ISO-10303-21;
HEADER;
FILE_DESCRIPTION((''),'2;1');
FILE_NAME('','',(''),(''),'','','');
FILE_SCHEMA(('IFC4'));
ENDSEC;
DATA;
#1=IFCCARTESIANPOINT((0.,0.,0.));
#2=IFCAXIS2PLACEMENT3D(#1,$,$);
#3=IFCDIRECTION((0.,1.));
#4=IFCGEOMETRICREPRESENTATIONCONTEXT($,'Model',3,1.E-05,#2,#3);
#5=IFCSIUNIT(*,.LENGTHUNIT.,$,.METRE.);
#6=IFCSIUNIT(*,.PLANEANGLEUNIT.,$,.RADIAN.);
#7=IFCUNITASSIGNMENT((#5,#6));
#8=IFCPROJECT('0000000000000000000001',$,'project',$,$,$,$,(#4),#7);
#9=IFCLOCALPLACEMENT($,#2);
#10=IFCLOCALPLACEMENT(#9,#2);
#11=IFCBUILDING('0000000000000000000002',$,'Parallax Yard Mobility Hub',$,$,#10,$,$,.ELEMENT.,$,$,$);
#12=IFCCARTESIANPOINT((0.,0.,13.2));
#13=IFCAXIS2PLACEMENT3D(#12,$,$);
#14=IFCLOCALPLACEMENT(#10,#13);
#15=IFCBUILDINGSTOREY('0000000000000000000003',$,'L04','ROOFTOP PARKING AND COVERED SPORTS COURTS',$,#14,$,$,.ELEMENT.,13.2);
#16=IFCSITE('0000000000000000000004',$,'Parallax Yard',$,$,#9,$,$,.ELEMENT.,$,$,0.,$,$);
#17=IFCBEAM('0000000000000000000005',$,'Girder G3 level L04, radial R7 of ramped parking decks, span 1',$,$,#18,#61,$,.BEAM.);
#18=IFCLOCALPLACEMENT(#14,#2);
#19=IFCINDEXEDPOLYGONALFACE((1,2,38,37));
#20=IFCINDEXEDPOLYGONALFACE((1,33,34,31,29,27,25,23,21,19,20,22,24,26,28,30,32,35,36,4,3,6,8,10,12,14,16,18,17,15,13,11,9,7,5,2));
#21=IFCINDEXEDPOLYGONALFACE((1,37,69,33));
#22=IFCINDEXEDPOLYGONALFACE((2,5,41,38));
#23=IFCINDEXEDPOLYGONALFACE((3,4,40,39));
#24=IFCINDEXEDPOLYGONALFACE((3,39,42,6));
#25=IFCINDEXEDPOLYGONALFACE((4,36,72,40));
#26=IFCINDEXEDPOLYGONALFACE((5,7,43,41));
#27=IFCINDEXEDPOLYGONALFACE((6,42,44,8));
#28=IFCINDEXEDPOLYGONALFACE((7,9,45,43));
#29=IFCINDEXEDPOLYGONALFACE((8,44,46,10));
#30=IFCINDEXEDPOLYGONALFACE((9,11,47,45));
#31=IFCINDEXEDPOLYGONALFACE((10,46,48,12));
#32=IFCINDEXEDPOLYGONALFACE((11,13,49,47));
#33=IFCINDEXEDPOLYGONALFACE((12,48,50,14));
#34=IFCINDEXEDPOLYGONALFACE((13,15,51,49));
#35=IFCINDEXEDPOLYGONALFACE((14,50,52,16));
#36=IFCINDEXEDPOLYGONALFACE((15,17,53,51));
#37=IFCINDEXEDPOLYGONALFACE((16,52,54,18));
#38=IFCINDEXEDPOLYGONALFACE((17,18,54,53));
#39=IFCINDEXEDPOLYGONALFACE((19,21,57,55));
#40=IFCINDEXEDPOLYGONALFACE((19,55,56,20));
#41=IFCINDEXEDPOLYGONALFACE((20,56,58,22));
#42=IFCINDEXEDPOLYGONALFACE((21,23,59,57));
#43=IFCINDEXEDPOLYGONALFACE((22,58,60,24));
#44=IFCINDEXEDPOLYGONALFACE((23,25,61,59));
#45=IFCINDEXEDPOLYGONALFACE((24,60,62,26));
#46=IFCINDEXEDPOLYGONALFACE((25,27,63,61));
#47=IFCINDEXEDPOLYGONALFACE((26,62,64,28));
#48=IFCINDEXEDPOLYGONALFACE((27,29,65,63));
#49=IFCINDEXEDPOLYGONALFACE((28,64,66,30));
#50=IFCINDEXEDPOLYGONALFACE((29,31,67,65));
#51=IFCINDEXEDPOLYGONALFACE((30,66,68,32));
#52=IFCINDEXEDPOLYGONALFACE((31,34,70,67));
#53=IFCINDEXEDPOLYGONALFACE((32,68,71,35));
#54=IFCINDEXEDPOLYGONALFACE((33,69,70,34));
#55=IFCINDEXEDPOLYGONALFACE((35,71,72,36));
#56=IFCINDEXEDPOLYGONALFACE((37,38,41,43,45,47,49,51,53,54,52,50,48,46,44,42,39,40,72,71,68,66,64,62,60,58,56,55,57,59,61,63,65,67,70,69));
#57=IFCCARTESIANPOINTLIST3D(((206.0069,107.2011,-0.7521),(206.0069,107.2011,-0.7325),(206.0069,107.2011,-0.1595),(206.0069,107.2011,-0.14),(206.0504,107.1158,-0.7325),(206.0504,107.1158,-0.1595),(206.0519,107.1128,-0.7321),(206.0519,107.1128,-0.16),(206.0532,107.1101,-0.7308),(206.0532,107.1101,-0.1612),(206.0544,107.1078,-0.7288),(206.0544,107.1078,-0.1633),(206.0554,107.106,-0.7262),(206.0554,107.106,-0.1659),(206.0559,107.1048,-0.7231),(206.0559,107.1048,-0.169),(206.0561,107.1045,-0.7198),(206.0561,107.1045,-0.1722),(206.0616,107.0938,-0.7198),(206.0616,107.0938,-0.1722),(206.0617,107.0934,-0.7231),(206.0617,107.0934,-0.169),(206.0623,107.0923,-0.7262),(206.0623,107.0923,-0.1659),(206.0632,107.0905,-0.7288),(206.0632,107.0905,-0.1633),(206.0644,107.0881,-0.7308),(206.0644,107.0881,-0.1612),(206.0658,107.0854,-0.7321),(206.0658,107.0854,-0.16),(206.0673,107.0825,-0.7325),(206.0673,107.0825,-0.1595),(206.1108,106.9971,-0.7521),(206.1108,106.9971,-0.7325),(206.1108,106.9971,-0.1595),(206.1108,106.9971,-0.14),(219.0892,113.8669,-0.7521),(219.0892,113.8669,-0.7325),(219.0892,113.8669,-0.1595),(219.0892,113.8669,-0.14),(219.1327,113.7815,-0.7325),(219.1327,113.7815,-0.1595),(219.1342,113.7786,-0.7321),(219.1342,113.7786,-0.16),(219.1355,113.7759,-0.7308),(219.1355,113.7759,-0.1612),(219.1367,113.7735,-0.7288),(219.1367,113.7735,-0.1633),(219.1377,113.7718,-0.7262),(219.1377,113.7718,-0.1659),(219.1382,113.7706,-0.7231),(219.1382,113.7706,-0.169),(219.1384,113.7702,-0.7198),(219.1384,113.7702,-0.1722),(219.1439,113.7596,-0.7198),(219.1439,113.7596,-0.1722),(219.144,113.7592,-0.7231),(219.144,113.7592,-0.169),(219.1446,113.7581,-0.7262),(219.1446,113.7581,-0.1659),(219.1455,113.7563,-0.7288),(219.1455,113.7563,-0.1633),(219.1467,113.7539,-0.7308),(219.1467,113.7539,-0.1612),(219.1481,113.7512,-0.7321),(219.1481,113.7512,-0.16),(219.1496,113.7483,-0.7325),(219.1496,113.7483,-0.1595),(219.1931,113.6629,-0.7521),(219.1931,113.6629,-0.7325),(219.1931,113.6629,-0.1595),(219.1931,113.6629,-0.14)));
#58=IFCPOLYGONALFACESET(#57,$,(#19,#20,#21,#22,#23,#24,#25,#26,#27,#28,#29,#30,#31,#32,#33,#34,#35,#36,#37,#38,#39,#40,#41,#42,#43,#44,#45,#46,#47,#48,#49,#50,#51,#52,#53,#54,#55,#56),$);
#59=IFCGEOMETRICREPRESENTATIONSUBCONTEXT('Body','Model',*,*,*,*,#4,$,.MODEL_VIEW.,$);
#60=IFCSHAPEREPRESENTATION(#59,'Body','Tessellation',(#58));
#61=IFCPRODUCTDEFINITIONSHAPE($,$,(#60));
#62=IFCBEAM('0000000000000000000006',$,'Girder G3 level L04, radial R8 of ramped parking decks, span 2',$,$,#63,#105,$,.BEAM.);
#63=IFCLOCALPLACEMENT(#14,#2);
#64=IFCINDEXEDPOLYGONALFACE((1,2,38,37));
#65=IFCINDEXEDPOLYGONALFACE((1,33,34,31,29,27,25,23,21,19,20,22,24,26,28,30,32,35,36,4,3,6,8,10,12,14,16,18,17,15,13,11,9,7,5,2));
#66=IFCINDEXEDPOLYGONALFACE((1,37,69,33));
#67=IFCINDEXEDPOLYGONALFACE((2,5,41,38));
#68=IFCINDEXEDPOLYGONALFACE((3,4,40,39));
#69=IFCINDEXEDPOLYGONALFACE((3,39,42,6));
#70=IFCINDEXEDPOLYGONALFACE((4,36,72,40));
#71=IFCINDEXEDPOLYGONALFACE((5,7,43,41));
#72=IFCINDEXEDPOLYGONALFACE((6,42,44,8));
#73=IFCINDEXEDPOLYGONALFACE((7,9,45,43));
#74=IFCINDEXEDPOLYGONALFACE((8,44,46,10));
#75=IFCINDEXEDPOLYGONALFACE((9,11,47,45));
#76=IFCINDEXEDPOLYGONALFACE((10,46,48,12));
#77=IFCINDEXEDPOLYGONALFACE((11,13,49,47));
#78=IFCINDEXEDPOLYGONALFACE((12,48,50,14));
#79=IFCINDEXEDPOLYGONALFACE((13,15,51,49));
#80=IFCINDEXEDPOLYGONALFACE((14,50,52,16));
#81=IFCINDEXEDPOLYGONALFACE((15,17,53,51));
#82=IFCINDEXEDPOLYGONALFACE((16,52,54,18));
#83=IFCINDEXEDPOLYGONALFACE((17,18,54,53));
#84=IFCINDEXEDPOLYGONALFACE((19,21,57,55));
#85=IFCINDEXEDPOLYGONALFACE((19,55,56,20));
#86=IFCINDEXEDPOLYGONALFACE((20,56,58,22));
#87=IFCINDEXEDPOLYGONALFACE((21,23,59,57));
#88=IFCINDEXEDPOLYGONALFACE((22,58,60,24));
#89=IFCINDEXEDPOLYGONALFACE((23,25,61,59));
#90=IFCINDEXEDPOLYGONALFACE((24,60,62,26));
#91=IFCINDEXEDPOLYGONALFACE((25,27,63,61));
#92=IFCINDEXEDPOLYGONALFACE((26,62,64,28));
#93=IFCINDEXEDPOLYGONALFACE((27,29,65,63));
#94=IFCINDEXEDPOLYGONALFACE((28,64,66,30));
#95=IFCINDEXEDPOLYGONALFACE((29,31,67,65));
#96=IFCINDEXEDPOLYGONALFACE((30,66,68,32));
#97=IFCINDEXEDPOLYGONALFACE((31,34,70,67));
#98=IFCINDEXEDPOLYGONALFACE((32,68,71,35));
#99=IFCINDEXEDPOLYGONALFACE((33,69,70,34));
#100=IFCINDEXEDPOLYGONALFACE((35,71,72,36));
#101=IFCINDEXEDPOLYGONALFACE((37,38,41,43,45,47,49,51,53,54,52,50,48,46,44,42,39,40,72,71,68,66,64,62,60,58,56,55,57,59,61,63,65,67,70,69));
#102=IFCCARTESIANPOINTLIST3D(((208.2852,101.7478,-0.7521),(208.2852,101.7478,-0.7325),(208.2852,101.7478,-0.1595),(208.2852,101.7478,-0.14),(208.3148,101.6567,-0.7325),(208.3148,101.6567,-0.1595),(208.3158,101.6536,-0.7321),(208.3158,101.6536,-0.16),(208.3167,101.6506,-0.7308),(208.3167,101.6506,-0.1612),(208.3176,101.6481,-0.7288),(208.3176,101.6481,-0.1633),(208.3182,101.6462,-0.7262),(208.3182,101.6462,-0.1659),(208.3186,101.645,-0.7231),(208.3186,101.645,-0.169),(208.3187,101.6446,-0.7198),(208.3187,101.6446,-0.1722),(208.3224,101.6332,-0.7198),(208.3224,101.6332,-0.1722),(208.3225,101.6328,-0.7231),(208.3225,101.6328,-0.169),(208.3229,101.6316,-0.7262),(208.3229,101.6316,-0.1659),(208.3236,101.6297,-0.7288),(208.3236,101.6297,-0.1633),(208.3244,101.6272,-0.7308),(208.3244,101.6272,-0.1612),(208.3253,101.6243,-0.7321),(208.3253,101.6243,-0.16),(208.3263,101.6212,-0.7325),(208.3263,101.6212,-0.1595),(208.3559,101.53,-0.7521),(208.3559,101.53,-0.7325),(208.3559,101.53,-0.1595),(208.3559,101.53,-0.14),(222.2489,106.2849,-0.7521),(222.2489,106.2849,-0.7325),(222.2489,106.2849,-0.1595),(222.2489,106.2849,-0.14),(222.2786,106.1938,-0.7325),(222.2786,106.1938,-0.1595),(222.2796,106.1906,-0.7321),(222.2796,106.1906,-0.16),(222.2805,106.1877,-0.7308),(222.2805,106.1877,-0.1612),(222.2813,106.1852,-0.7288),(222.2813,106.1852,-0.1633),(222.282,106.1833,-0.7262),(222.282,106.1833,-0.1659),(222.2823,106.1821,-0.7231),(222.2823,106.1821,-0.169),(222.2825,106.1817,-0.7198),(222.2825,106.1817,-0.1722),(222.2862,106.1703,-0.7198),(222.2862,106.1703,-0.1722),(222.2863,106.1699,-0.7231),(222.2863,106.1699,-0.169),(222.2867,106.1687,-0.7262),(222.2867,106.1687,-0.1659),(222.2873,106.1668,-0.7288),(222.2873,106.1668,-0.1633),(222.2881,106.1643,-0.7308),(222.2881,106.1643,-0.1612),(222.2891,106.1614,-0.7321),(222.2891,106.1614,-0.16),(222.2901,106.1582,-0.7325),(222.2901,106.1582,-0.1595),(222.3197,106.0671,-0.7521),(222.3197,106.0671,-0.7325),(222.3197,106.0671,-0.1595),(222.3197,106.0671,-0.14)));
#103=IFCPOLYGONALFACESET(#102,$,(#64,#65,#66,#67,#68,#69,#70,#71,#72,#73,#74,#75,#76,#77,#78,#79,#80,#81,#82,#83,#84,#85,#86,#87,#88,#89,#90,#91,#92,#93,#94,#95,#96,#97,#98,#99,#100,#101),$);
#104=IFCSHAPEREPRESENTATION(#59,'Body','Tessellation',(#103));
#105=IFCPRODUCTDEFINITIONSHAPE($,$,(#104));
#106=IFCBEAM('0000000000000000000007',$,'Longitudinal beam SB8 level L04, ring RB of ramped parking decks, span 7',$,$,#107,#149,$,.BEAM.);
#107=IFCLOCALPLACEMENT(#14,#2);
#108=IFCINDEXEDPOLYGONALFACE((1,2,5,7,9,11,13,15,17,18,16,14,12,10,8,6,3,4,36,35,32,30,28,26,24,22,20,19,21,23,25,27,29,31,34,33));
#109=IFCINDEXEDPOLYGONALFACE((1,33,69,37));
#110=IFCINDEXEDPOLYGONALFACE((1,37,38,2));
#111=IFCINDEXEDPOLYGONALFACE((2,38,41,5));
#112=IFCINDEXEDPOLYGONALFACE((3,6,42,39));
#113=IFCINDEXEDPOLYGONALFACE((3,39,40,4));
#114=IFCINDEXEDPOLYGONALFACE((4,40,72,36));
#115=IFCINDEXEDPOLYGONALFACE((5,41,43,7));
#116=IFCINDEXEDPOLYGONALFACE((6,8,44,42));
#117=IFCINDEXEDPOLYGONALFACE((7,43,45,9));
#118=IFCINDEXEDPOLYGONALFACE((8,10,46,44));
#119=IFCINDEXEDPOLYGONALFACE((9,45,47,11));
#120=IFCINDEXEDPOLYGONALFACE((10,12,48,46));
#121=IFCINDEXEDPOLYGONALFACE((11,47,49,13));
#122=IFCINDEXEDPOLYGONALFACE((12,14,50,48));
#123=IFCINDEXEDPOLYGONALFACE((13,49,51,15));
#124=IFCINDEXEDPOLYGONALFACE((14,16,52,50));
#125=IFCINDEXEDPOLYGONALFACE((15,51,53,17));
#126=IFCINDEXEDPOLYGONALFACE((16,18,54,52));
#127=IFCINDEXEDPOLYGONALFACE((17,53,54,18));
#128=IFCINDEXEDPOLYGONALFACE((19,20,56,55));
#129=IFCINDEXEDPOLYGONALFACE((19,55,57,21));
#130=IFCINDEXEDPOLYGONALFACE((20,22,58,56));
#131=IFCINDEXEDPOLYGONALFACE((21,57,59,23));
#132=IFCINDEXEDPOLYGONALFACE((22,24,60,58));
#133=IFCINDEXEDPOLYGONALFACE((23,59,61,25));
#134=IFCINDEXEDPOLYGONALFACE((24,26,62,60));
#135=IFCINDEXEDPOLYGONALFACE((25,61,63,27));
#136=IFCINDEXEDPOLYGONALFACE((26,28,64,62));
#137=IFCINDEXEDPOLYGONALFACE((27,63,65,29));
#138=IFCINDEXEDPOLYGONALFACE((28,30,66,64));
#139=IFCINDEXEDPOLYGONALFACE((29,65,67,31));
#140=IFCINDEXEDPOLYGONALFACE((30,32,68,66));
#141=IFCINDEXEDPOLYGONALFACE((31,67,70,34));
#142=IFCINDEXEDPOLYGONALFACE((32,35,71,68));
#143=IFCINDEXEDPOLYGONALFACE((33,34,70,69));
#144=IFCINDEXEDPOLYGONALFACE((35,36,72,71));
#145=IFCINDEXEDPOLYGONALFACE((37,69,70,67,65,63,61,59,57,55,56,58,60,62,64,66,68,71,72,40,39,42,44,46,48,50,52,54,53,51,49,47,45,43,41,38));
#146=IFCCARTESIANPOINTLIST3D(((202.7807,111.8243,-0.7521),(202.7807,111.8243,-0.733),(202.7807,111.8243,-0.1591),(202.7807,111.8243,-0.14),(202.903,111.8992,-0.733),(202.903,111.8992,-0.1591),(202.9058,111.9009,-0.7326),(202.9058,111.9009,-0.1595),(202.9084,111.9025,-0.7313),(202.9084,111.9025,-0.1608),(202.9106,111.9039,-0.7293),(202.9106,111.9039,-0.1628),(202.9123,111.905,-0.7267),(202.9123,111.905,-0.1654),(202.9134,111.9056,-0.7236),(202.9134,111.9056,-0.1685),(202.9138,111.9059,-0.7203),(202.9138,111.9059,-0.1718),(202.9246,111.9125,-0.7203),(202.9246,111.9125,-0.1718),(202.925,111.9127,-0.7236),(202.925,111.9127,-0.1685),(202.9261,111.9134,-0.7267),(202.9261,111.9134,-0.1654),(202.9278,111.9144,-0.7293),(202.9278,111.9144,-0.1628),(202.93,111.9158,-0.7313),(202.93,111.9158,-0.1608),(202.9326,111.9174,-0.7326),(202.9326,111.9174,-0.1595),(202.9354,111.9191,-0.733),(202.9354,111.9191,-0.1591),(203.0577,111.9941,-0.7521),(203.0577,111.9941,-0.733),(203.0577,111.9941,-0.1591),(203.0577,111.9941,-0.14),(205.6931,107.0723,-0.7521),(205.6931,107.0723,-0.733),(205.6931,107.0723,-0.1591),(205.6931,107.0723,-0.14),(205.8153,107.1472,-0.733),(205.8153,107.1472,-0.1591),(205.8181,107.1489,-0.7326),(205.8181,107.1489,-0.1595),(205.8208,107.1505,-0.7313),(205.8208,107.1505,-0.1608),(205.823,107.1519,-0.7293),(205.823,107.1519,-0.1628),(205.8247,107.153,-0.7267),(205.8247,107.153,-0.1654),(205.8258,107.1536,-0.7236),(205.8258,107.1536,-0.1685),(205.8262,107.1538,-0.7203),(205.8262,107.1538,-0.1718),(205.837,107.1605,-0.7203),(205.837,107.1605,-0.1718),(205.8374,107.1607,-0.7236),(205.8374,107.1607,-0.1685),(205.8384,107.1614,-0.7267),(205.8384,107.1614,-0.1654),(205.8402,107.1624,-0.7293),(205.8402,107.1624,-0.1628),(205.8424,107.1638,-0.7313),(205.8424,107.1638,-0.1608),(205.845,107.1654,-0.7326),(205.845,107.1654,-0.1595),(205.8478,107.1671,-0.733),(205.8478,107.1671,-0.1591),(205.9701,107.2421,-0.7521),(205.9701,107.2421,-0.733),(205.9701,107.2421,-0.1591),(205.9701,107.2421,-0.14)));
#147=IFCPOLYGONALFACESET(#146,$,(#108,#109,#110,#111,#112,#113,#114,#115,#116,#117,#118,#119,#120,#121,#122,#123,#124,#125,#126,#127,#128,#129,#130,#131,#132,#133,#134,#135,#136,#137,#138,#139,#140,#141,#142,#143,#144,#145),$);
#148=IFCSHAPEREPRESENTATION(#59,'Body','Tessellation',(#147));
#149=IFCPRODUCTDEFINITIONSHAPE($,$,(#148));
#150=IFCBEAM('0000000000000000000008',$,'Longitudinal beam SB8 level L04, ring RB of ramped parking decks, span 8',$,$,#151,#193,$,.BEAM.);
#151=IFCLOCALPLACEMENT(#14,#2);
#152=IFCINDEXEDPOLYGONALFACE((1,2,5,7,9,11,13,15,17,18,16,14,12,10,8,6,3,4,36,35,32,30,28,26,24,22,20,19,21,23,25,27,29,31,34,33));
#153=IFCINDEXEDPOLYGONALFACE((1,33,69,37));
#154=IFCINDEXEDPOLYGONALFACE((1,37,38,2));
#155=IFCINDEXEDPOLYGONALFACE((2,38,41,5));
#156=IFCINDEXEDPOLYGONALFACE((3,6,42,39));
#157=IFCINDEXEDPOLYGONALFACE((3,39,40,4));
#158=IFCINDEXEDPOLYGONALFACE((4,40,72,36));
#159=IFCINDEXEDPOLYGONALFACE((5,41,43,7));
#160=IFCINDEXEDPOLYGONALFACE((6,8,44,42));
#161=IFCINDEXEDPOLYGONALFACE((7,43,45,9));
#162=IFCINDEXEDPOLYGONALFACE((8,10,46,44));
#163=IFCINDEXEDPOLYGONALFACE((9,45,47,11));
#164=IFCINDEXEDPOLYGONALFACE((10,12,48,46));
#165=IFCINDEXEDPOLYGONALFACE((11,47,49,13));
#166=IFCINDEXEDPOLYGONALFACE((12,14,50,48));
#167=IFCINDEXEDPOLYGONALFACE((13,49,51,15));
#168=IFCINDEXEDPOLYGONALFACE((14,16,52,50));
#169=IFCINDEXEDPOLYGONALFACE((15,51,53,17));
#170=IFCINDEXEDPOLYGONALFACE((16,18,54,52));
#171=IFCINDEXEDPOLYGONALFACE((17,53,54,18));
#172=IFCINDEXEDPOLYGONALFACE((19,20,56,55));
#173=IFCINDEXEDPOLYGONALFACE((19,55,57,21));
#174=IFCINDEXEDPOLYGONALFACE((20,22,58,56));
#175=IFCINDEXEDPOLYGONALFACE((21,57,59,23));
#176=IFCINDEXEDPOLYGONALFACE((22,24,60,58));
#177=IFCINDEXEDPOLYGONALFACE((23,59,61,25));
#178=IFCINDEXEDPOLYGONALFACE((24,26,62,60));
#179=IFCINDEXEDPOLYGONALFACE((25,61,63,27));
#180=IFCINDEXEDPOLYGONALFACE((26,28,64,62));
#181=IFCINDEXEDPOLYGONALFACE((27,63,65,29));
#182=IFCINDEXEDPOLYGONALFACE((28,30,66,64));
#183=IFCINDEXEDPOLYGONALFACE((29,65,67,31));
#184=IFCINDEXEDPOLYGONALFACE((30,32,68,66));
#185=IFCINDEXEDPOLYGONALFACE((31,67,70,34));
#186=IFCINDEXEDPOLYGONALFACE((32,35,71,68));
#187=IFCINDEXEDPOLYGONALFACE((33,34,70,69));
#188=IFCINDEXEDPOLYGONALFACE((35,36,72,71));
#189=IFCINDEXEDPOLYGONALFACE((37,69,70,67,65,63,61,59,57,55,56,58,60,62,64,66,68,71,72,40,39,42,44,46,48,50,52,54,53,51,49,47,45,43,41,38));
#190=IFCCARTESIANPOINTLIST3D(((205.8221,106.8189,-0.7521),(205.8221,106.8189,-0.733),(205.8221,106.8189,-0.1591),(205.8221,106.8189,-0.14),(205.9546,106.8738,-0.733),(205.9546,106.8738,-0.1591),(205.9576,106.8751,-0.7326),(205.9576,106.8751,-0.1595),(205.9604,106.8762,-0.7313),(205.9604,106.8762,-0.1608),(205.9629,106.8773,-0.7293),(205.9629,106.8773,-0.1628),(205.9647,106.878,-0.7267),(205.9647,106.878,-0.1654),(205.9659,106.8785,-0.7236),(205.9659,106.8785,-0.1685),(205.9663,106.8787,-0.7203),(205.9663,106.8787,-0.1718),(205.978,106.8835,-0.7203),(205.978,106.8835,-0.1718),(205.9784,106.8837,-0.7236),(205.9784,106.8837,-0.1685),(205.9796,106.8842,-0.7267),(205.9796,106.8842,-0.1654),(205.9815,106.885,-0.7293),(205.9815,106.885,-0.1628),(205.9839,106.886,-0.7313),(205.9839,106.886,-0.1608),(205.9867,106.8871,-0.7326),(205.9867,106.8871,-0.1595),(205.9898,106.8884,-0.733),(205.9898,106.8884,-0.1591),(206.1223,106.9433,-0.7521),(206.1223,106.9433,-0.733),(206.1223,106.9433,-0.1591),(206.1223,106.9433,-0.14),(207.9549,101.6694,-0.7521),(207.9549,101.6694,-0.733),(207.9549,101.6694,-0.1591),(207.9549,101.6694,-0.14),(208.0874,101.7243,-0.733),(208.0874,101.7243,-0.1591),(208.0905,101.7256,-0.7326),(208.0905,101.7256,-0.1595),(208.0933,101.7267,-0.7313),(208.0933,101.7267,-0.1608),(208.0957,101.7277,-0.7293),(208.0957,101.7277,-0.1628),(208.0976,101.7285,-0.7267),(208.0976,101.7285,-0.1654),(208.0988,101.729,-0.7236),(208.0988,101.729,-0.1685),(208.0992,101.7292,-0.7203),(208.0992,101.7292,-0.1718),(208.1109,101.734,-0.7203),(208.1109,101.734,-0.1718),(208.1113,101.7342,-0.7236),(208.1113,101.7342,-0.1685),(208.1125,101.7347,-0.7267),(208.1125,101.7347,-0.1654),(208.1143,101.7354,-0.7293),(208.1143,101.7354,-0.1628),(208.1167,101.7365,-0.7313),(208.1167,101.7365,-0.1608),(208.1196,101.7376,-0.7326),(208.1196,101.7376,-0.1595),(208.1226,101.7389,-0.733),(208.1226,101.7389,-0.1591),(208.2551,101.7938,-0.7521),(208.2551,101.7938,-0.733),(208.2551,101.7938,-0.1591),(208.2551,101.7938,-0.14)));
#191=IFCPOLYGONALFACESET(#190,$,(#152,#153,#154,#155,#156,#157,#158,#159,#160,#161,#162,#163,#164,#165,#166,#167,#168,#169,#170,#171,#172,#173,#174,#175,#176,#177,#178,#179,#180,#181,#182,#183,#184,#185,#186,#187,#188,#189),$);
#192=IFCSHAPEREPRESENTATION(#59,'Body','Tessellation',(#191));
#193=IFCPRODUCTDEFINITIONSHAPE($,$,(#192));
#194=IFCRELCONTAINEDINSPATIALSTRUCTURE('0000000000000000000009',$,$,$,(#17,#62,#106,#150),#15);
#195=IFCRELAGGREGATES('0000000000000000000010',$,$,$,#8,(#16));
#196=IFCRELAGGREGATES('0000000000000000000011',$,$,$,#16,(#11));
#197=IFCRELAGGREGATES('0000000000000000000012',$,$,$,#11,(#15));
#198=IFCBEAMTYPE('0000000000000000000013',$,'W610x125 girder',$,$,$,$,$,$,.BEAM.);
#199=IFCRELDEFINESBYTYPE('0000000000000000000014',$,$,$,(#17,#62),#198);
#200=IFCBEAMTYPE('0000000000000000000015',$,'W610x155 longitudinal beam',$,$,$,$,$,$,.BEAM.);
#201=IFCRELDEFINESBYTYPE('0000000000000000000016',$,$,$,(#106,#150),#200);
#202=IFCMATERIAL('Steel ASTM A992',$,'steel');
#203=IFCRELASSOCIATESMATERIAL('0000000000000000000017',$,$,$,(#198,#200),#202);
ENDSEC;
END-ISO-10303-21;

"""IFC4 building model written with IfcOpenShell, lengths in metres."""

from ifc_helpers import new_model, si_unit, direction, frame, origin, origin_2d, place, context, subcontext, project, spatial, i_section, extrude, material, material_profile, profile_set, type_object, element, save


model = new_model("IFC4")

# Units and contexts
model_context = context("Model", 3, precision=1e-05, world=origin(), true_north=direction((0.0, 1.0)))
body_context = subcontext(model_context, "Body", "Model", "MODEL_VIEW")
ifc_project = project(units=[si_unit("LENGTHUNIT", "METRE"), si_unit("PLANEANGLEUNIT", "RADIAN")], contexts=[model_context])

# Site, building, storey
site_placement = place(None, origin())
site = spatial("IfcSite", under=ifc_project, at=site_placement, Name="Parallax Yard", CompositionType="ELEMENT", RefElevation=0.0)
building_placement = place(site_placement, origin())
building = spatial("IfcBuilding", under=site, at=building_placement, Name="Parallax Yard Mobility Hub", CompositionType="ELEMENT")
storey_placement = place(building_placement, frame((0.0, 0.0, 13.2)))
storey = spatial("IfcBuildingStorey", under=building, at=storey_placement, Name="L04", Description="ROOFTOP PARKING AND COVERED SPORTS COURTS", CompositionType="ELEMENT", Elevation=13.2)

# Shared definitions
ifc_material_1 = material(Name="Steel ASTM A992", Category="steel")

# Beams
ifc_material_profile_1 = material_profile(ifc_material_1, i_section(OverallWidth=0.229, OverallDepth=0.6121, WebThickness=0.012, FlangeThickness=0.0195, FilletRadius=0.0127, at=origin_2d()), Name="W610x125")
ifc_profile_set_1 = profile_set([ifc_material_profile_1], Name="Steel ASTM A992")
beam_type_1 = type_object("IfcBeamType", Name="W610x125 girder", PredefinedType="BEAM", material=ifc_profile_set_1)
for number, where, z_axis, x_axis, name in (
    (1, (206.0588, 107.0991, -0.446), (0.891006, 0.453992, 0.0), (-0.453992, 0.891006, 0.0), "Girder G3 level L04, radial R7 of ramped parking decks, span 1"),
):
    element("IfcBeam", number, at=place(storey_placement, frame(where, z_axis=z_axis, x_axis=x_axis)), inside=storey, type_object=beam_type_1, Name=name, PredefinedType="BEAM", context=body_context, shape_type="SweptSolid", body=[
        extrude(i_section(OverallWidth=0.229, OverallDepth=0.6121, WebThickness=0.012, FlangeThickness=0.0195, FilletRadius=0.0127, at=origin_2d()), origin(), (0.0, 0.0, 1.0), 14.6826),
    ])
beam_1_placement = place(storey_placement, frame((208.3206, 101.6389, -0.446), z_axis=(0.951057, 0.309015, 0.0), x_axis=(-0.309015, 0.951057, 0.0)))
element("IfcBeam", 2, at=beam_1_placement, inside=storey, type_object=beam_type_1, Name="Girder G3 level L04, radial R8 of ramped parking decks, span 2", PredefinedType="BEAM", context=body_context, shape_type="SweptSolid", body=[
    extrude(i_section(OverallWidth=0.229, OverallDepth=0.6121, WebThickness=0.012, FlangeThickness=0.0195, FilletRadius=0.0127, at=origin_2d()), origin(), (0.0, 0.0, 1.0), 14.6824),
])
ifc_material_profile_2 = material_profile(ifc_material_1, i_section(OverallWidth=0.325, OverallDepth=0.6121, WebThickness=0.0127, FlangeThickness=0.019, FilletRadius=0.0127, at=origin_2d()), Name="W610x155")
ifc_profile_set_2 = profile_set([ifc_material_profile_2], Name="Steel ASTM A992")
beam_type_2 = type_object("IfcBeamType", Name="W610x155 longitudinal beam", PredefinedType="BEAM", material=ifc_profile_set_2)
beam_2_placement = place(storey_placement, frame((202.9192, 111.9092, -0.446), z_axis=(0.522545, -0.852612, 0.0), x_axis=(0.852612, 0.522545, 0.0)))
element("IfcBeam", 3, at=beam_2_placement, inside=storey, type_object=beam_type_2, Name="Longitudinal beam SB8 level L04, ring RB of ramped parking decks, span 7", PredefinedType="BEAM", context=body_context, shape_type="SweptSolid", body=[
    extrude(i_section(OverallWidth=0.325, OverallDepth=0.6121, WebThickness=0.0127, FlangeThickness=0.019, FilletRadius=0.0127, at=origin_2d()), origin(), (0.0, 0.0, 1.0), 5.5735),
])
beam_3_placement = place(storey_placement, frame((205.9722, 106.8811, -0.446), z_axis=(0.382661, -0.923889, 0.0), x_axis=(0.923889, 0.382661, 0.0)))
element("IfcBeam", 4, at=beam_3_placement, inside=storey, type_object=beam_type_2, Name="Longitudinal beam SB8 level L04, ring RB of ramped parking decks, span 8", PredefinedType="BEAM", context=body_context, shape_type="SweptSolid", body=[
    extrude(i_section(OverallWidth=0.325, OverallDepth=0.6121, WebThickness=0.0127, FlangeThickness=0.019, FilletRadius=0.0127, at=origin_2d()), origin(), (0.0, 0.0, 1.0), 5.5737),
])

save(model, "model.ifc")
